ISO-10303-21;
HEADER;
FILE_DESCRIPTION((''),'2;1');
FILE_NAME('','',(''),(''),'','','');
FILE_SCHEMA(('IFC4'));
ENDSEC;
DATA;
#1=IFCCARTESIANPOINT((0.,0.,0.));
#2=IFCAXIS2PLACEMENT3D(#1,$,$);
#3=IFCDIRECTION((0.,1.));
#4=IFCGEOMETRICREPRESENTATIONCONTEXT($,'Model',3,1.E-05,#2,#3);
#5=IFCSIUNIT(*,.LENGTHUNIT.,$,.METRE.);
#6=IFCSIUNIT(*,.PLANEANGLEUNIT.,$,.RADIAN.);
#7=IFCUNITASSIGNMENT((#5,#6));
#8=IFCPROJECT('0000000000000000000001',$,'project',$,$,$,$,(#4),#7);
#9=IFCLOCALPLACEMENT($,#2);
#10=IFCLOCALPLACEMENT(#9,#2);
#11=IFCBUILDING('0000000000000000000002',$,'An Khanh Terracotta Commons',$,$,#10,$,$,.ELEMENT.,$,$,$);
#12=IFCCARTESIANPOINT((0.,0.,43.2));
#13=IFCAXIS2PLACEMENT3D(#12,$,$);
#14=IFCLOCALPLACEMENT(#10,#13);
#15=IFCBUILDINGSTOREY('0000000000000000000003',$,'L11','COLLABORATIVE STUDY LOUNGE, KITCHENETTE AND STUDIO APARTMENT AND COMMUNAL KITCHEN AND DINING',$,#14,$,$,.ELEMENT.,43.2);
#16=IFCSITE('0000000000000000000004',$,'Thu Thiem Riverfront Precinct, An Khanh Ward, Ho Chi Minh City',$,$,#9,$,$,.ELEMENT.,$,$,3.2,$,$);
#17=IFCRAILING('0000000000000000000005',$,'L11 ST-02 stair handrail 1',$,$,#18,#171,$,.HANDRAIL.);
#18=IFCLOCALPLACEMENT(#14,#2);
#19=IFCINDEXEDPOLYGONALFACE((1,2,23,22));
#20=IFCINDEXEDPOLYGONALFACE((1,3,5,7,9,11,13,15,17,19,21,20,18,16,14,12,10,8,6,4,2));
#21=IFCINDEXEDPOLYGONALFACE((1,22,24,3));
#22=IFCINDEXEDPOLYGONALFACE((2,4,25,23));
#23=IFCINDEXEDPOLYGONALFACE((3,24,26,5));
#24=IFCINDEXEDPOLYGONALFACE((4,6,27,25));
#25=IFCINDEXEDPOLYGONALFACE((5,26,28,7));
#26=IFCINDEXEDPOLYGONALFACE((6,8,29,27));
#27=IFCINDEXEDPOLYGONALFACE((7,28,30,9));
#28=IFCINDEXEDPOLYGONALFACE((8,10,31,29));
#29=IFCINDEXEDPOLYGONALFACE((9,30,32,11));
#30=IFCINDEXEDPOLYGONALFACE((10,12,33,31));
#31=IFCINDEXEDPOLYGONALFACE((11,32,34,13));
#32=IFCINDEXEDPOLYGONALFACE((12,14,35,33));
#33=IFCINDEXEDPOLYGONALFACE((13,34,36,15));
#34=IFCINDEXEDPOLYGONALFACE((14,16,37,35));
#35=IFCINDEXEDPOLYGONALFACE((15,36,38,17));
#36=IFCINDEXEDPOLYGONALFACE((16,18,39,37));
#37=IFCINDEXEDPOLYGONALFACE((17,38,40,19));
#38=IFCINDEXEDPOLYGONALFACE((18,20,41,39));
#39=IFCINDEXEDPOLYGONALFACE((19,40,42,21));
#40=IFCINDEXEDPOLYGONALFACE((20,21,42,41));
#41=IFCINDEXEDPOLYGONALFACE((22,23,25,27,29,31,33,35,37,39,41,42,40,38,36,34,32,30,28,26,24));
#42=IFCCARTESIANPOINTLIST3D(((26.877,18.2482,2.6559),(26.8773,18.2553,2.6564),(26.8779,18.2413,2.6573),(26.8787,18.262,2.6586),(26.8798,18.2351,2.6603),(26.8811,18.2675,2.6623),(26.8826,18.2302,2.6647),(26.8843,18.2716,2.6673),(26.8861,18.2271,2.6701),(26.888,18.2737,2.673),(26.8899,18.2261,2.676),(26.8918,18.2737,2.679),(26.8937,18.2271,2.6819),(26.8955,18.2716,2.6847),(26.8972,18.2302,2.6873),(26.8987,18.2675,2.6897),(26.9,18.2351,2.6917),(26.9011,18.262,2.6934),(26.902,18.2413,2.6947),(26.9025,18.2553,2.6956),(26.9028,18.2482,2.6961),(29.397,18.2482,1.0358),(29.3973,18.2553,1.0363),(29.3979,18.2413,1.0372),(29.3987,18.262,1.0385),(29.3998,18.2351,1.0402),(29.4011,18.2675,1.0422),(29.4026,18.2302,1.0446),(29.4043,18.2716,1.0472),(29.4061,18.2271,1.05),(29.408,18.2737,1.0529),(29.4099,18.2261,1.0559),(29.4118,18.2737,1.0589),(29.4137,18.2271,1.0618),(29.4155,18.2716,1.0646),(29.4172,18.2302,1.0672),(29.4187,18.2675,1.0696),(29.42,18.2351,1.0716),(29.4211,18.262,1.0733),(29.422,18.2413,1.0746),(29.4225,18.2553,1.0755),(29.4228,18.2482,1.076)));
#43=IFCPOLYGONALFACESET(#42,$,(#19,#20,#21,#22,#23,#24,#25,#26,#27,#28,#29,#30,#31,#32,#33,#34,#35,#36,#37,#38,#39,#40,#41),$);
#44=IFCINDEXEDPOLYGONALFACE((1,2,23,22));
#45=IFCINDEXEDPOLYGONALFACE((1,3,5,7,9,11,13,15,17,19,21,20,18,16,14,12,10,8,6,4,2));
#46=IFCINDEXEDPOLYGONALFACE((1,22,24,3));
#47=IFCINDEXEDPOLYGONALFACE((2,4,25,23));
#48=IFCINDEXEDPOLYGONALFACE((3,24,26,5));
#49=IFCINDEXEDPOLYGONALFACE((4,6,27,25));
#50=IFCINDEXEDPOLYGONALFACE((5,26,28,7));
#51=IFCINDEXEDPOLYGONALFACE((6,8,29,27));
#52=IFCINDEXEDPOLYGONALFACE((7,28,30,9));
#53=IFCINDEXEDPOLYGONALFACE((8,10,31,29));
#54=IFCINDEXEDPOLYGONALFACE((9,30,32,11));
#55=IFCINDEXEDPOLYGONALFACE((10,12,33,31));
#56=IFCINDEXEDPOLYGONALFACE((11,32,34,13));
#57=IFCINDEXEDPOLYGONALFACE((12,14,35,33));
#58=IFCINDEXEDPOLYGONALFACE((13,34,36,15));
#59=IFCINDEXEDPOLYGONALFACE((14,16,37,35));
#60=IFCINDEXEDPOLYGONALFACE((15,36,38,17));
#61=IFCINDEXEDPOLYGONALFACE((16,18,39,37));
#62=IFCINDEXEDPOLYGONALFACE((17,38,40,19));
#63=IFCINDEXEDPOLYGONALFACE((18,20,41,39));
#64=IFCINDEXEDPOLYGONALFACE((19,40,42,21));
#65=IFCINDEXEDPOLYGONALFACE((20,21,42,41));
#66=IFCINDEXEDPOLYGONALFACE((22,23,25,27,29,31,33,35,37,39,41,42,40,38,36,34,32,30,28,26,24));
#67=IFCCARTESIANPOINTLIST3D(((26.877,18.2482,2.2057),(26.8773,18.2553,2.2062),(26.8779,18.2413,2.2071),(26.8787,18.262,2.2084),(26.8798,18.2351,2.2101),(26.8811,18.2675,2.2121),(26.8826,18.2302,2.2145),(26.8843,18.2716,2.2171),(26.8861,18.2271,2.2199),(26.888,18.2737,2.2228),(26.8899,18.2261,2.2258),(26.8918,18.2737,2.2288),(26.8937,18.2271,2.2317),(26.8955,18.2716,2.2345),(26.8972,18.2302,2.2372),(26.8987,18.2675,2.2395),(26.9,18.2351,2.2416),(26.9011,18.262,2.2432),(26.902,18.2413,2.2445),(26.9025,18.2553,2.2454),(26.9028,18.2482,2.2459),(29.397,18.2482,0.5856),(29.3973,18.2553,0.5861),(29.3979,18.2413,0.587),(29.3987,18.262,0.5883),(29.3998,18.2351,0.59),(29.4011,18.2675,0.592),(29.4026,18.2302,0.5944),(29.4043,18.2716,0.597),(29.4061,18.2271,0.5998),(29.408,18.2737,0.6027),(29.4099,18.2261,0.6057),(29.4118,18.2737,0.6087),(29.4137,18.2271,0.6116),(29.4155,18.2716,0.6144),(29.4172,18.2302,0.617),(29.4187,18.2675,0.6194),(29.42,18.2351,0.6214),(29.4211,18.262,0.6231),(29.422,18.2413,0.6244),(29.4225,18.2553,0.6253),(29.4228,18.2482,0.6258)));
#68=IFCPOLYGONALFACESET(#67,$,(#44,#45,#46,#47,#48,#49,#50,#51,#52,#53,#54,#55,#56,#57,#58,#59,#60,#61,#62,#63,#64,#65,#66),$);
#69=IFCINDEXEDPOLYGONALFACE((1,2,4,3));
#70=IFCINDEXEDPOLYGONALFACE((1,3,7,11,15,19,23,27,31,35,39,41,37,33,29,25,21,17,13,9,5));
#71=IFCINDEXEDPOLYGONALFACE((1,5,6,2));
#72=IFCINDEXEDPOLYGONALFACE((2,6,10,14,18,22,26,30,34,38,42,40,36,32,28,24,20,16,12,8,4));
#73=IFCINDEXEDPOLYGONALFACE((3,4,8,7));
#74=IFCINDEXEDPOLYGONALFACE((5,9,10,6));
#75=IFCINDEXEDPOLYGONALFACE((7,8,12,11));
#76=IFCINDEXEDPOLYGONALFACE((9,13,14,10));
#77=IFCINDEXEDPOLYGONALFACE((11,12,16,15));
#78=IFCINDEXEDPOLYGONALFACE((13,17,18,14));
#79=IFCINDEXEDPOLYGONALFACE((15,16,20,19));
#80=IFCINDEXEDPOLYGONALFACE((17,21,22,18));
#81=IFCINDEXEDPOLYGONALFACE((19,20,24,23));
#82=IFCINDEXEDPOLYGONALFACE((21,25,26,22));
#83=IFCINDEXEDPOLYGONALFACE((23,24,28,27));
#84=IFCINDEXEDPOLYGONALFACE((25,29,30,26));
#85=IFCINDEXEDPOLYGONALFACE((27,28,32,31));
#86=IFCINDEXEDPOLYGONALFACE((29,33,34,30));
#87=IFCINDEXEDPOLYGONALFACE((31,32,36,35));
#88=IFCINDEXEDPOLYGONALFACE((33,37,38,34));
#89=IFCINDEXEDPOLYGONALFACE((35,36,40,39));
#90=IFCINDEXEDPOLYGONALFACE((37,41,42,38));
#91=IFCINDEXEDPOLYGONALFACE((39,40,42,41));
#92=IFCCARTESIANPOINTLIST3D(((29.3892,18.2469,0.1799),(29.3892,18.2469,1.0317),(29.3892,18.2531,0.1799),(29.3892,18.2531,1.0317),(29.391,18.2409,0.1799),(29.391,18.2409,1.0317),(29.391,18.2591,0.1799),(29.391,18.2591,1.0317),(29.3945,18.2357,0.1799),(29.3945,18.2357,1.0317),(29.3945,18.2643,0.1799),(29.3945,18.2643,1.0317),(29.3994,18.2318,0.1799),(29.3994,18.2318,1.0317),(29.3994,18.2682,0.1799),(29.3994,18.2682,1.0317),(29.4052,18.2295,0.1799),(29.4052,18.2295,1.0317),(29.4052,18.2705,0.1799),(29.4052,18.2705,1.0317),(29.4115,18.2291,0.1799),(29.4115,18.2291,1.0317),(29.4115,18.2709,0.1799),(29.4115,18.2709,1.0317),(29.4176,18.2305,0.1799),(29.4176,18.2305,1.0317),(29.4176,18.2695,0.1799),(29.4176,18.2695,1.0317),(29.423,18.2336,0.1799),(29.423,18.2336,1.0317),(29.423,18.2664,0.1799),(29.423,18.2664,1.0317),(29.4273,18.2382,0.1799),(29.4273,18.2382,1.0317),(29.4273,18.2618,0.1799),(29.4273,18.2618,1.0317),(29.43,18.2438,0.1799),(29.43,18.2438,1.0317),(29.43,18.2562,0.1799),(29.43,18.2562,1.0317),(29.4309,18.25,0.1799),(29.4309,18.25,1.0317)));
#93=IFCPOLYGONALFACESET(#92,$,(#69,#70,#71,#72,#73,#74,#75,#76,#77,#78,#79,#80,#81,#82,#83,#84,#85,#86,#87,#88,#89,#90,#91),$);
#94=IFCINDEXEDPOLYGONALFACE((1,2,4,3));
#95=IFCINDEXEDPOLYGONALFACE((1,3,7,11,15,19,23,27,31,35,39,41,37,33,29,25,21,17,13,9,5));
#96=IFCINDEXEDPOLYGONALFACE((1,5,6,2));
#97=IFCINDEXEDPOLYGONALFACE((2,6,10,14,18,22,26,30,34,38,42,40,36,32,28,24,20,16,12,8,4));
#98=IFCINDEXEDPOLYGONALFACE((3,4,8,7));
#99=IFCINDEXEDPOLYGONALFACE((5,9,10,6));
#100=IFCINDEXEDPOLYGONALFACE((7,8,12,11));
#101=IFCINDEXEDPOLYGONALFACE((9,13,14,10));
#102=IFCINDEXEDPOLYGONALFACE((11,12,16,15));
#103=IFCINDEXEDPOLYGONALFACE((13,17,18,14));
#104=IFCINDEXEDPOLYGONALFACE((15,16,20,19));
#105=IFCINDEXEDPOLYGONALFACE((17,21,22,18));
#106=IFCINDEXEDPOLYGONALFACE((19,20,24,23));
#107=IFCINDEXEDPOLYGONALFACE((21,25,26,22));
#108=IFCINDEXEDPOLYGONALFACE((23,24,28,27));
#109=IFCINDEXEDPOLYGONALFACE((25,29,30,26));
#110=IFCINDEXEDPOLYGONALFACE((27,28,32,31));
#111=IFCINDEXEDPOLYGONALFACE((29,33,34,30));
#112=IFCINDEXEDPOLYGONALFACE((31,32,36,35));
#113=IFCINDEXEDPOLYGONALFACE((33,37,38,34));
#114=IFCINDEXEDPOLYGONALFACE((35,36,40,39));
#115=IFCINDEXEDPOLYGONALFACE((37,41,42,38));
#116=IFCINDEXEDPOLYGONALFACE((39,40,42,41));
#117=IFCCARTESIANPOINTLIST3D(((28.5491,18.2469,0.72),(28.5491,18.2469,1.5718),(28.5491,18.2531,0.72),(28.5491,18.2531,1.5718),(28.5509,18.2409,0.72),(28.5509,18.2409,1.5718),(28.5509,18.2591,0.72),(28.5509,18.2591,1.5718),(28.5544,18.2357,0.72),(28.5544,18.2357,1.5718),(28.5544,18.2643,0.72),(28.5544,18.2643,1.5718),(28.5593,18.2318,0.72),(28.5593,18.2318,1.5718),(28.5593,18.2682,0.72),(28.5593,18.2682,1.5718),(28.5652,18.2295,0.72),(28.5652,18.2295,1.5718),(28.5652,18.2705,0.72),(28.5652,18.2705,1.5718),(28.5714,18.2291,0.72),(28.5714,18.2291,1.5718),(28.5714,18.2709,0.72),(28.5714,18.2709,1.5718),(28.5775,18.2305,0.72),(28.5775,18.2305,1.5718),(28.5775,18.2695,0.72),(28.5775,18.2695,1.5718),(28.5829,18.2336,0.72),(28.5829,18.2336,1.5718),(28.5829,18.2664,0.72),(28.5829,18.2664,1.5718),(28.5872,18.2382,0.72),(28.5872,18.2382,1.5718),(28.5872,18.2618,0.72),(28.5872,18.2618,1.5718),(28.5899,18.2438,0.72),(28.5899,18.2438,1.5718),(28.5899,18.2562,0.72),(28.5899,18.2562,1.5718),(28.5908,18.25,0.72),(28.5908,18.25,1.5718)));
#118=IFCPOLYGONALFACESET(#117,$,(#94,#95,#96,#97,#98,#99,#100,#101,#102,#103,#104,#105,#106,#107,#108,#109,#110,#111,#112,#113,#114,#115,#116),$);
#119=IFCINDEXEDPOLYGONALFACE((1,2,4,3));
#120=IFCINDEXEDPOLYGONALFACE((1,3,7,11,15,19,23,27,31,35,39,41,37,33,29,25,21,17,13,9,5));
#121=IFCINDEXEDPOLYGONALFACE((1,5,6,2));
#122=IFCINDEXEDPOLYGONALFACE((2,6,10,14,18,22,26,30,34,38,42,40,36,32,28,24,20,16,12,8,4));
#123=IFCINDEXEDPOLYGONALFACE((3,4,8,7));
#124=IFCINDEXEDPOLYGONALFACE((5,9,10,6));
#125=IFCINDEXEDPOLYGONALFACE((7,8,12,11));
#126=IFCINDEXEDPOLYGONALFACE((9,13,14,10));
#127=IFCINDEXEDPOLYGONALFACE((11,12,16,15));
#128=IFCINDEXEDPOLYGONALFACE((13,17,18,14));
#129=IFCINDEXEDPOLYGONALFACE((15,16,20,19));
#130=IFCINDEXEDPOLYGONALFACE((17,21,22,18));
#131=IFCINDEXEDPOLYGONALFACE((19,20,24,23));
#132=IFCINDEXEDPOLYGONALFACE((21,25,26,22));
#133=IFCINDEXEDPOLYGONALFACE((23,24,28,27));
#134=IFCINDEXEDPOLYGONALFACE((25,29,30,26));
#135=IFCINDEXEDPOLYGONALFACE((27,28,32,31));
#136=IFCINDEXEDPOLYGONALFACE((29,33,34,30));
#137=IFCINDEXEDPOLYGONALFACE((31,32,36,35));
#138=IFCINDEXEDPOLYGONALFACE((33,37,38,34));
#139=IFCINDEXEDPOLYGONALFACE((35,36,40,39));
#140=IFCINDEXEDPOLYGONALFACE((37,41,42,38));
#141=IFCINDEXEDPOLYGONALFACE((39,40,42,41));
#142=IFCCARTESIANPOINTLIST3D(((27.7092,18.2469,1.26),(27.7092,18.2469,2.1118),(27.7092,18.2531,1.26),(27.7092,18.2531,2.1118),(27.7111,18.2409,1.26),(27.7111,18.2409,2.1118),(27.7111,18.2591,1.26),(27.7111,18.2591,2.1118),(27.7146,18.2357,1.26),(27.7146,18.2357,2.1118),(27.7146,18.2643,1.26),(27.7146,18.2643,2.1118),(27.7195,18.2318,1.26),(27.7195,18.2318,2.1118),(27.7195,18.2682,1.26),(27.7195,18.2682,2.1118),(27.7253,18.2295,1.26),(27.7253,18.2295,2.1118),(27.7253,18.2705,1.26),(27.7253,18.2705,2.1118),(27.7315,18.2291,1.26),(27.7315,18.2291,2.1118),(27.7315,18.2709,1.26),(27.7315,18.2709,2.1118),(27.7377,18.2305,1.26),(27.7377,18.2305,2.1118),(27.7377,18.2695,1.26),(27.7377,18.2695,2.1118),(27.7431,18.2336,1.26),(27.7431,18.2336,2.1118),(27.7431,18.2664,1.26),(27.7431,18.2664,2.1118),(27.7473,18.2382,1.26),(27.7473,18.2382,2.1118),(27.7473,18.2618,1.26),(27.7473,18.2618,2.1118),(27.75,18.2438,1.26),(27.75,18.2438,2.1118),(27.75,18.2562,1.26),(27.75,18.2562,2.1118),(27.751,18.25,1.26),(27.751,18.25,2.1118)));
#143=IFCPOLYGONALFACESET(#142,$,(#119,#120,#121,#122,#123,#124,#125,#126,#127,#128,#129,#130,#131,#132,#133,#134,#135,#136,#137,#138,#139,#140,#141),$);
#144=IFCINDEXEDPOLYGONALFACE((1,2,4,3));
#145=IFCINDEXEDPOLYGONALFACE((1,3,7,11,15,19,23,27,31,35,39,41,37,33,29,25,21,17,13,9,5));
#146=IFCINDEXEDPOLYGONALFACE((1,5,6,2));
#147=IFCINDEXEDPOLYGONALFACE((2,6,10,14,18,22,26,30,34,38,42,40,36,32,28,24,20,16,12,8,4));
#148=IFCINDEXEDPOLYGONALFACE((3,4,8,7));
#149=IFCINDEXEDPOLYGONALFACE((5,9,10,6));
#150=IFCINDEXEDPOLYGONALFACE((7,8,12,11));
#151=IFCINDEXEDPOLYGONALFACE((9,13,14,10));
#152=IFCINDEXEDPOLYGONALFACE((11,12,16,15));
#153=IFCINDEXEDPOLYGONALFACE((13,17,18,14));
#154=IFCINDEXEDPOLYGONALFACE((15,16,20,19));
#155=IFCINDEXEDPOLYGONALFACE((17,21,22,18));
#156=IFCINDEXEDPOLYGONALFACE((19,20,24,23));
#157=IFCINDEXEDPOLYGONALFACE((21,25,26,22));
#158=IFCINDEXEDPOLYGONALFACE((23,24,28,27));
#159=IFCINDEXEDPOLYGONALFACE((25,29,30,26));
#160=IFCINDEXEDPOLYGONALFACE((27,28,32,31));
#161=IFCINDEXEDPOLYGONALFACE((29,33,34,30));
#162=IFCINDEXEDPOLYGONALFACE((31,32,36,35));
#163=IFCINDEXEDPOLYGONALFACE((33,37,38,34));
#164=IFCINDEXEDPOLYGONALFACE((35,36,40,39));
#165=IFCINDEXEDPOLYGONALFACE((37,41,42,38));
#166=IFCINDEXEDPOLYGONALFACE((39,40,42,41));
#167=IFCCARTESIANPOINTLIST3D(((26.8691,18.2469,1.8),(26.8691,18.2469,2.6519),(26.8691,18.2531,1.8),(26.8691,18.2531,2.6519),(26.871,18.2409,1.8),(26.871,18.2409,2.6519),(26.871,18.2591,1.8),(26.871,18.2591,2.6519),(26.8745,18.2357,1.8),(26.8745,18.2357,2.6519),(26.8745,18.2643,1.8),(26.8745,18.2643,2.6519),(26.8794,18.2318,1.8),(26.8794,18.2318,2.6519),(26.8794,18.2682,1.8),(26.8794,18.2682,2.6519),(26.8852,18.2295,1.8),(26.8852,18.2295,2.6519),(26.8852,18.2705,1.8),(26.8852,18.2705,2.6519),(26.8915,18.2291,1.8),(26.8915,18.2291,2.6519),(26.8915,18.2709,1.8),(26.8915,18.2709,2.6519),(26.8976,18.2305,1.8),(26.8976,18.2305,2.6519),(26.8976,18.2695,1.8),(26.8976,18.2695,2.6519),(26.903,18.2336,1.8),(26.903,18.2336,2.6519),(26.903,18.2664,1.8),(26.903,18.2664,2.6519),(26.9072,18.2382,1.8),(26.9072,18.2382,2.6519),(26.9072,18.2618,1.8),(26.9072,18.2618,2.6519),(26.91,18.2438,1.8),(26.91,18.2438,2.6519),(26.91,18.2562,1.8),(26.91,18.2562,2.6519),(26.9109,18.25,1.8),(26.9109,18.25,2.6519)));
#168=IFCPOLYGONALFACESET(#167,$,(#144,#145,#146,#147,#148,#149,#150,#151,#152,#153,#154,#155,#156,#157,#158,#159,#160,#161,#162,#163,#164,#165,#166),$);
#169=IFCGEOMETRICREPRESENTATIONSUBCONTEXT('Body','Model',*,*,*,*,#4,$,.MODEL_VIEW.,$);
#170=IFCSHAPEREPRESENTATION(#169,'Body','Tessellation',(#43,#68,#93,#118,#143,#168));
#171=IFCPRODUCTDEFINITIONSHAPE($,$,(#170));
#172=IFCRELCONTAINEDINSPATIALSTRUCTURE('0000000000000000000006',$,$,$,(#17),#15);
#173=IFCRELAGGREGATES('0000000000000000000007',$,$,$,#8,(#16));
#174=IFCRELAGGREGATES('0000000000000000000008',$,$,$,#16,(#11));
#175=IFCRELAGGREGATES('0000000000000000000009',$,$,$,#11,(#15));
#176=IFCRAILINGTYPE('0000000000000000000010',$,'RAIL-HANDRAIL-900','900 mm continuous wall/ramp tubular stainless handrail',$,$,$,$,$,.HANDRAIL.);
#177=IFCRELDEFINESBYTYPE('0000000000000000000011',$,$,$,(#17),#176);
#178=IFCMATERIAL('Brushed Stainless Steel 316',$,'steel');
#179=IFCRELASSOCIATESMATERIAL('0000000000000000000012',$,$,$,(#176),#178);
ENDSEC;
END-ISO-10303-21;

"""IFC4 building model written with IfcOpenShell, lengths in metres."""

from ifc_helpers import new_model, si_unit, direction, frame, origin, origin_2d, place, context, subcontext, project, spatial, circle, extrude, material, type_object, element, save


model = new_model("IFC4")

# Units and contexts
model_context = context("Model", 3, precision=1e-05, world=origin(), true_north=direction((0.0, 1.0)))
body_context = subcontext(model_context, "Body", "Model", "MODEL_VIEW")
ifc_project = project(units=[si_unit("LENGTHUNIT", "METRE"), si_unit("PLANEANGLEUNIT", "RADIAN")], contexts=[model_context])

# Site, building, storey
site_placement = place(None, origin())
site = spatial("IfcSite", under=ifc_project, at=site_placement, Name="Thu Thiem Riverfront Precinct, An Khanh Ward, Ho Chi Minh City", CompositionType="ELEMENT", RefElevation=3.2)
building_placement = place(site_placement, origin())
building = spatial("IfcBuilding", under=site, at=building_placement, Name="An Khanh Terracotta Commons", CompositionType="ELEMENT")
storey_placement = place(building_placement, frame((0.0, 0.0, 43.2)))
storey = spatial("IfcBuildingStorey", under=building, at=storey_placement, Name="L11", Description="COLLABORATIVE STUDY LOUNGE, KITCHENETTE AND STUDIO APARTMENT AND COMMUNAL KITCHEN AND DINING", CompositionType="ELEMENT", Elevation=43.2)

# Railing
ifc_material_1 = material(Name="Brushed Stainless Steel 316", Category="steel")
railing_type_1 = type_object("IfcRailingType", Name="RAIL-HANDRAIL-900", Description="900 mm continuous wall/ramp tubular stainless handrail", PredefinedType="HANDRAIL", material=ifc_material_1)
railing_1_placement = place(storey_placement, frame((29.4099, 18.25, 0.1799)))
element("IfcRailing", 1, at=railing_1_placement, inside=storey, type_object=railing_type_1, Name="L11 ST-02 stair handrail 1", PredefinedType="HANDRAIL", context=body_context, shape_type="SweptSolid", body=[
    extrude(circle(Radius=0.0239, at=origin_2d()), frame((0.0, 0.0, 0.876), z_axis=(-0.841163, 0.0, 0.540782), x_axis=(0.0, -1.0, 0.0)), (0.0, 0.0, 1.0), 2.9958),
    extrude(circle(Radius=0.0239, at=origin_2d()), frame((0.0, 0.0, 0.4258), z_axis=(-0.841163, 0.0, 0.540782), x_axis=(0.0, -1.0, 0.0)), (0.0, 0.0, 1.0), 2.9958),
    extrude(circle(Radius=0.021, at=origin_2d()), origin(), (0.0, 0.0, 1.0), 0.8518),
    extrude(circle(Radius=0.021, at=origin_2d()), frame((-0.8401, 0.0, 0.54)), (0.0, 0.0, 1.0), 0.8518),
    extrude(circle(Radius=0.021, at=origin_2d()), frame((-1.6799, 0.0, 1.0801)), (0.0, 0.0, 1.0), 0.8518),
    extrude(circle(Radius=0.021, at=origin_2d()), frame((-2.52, 0.0, 1.6201)), (0.0, 0.0, 1.0), 0.8518),
])

save(model, "model.ifc")
